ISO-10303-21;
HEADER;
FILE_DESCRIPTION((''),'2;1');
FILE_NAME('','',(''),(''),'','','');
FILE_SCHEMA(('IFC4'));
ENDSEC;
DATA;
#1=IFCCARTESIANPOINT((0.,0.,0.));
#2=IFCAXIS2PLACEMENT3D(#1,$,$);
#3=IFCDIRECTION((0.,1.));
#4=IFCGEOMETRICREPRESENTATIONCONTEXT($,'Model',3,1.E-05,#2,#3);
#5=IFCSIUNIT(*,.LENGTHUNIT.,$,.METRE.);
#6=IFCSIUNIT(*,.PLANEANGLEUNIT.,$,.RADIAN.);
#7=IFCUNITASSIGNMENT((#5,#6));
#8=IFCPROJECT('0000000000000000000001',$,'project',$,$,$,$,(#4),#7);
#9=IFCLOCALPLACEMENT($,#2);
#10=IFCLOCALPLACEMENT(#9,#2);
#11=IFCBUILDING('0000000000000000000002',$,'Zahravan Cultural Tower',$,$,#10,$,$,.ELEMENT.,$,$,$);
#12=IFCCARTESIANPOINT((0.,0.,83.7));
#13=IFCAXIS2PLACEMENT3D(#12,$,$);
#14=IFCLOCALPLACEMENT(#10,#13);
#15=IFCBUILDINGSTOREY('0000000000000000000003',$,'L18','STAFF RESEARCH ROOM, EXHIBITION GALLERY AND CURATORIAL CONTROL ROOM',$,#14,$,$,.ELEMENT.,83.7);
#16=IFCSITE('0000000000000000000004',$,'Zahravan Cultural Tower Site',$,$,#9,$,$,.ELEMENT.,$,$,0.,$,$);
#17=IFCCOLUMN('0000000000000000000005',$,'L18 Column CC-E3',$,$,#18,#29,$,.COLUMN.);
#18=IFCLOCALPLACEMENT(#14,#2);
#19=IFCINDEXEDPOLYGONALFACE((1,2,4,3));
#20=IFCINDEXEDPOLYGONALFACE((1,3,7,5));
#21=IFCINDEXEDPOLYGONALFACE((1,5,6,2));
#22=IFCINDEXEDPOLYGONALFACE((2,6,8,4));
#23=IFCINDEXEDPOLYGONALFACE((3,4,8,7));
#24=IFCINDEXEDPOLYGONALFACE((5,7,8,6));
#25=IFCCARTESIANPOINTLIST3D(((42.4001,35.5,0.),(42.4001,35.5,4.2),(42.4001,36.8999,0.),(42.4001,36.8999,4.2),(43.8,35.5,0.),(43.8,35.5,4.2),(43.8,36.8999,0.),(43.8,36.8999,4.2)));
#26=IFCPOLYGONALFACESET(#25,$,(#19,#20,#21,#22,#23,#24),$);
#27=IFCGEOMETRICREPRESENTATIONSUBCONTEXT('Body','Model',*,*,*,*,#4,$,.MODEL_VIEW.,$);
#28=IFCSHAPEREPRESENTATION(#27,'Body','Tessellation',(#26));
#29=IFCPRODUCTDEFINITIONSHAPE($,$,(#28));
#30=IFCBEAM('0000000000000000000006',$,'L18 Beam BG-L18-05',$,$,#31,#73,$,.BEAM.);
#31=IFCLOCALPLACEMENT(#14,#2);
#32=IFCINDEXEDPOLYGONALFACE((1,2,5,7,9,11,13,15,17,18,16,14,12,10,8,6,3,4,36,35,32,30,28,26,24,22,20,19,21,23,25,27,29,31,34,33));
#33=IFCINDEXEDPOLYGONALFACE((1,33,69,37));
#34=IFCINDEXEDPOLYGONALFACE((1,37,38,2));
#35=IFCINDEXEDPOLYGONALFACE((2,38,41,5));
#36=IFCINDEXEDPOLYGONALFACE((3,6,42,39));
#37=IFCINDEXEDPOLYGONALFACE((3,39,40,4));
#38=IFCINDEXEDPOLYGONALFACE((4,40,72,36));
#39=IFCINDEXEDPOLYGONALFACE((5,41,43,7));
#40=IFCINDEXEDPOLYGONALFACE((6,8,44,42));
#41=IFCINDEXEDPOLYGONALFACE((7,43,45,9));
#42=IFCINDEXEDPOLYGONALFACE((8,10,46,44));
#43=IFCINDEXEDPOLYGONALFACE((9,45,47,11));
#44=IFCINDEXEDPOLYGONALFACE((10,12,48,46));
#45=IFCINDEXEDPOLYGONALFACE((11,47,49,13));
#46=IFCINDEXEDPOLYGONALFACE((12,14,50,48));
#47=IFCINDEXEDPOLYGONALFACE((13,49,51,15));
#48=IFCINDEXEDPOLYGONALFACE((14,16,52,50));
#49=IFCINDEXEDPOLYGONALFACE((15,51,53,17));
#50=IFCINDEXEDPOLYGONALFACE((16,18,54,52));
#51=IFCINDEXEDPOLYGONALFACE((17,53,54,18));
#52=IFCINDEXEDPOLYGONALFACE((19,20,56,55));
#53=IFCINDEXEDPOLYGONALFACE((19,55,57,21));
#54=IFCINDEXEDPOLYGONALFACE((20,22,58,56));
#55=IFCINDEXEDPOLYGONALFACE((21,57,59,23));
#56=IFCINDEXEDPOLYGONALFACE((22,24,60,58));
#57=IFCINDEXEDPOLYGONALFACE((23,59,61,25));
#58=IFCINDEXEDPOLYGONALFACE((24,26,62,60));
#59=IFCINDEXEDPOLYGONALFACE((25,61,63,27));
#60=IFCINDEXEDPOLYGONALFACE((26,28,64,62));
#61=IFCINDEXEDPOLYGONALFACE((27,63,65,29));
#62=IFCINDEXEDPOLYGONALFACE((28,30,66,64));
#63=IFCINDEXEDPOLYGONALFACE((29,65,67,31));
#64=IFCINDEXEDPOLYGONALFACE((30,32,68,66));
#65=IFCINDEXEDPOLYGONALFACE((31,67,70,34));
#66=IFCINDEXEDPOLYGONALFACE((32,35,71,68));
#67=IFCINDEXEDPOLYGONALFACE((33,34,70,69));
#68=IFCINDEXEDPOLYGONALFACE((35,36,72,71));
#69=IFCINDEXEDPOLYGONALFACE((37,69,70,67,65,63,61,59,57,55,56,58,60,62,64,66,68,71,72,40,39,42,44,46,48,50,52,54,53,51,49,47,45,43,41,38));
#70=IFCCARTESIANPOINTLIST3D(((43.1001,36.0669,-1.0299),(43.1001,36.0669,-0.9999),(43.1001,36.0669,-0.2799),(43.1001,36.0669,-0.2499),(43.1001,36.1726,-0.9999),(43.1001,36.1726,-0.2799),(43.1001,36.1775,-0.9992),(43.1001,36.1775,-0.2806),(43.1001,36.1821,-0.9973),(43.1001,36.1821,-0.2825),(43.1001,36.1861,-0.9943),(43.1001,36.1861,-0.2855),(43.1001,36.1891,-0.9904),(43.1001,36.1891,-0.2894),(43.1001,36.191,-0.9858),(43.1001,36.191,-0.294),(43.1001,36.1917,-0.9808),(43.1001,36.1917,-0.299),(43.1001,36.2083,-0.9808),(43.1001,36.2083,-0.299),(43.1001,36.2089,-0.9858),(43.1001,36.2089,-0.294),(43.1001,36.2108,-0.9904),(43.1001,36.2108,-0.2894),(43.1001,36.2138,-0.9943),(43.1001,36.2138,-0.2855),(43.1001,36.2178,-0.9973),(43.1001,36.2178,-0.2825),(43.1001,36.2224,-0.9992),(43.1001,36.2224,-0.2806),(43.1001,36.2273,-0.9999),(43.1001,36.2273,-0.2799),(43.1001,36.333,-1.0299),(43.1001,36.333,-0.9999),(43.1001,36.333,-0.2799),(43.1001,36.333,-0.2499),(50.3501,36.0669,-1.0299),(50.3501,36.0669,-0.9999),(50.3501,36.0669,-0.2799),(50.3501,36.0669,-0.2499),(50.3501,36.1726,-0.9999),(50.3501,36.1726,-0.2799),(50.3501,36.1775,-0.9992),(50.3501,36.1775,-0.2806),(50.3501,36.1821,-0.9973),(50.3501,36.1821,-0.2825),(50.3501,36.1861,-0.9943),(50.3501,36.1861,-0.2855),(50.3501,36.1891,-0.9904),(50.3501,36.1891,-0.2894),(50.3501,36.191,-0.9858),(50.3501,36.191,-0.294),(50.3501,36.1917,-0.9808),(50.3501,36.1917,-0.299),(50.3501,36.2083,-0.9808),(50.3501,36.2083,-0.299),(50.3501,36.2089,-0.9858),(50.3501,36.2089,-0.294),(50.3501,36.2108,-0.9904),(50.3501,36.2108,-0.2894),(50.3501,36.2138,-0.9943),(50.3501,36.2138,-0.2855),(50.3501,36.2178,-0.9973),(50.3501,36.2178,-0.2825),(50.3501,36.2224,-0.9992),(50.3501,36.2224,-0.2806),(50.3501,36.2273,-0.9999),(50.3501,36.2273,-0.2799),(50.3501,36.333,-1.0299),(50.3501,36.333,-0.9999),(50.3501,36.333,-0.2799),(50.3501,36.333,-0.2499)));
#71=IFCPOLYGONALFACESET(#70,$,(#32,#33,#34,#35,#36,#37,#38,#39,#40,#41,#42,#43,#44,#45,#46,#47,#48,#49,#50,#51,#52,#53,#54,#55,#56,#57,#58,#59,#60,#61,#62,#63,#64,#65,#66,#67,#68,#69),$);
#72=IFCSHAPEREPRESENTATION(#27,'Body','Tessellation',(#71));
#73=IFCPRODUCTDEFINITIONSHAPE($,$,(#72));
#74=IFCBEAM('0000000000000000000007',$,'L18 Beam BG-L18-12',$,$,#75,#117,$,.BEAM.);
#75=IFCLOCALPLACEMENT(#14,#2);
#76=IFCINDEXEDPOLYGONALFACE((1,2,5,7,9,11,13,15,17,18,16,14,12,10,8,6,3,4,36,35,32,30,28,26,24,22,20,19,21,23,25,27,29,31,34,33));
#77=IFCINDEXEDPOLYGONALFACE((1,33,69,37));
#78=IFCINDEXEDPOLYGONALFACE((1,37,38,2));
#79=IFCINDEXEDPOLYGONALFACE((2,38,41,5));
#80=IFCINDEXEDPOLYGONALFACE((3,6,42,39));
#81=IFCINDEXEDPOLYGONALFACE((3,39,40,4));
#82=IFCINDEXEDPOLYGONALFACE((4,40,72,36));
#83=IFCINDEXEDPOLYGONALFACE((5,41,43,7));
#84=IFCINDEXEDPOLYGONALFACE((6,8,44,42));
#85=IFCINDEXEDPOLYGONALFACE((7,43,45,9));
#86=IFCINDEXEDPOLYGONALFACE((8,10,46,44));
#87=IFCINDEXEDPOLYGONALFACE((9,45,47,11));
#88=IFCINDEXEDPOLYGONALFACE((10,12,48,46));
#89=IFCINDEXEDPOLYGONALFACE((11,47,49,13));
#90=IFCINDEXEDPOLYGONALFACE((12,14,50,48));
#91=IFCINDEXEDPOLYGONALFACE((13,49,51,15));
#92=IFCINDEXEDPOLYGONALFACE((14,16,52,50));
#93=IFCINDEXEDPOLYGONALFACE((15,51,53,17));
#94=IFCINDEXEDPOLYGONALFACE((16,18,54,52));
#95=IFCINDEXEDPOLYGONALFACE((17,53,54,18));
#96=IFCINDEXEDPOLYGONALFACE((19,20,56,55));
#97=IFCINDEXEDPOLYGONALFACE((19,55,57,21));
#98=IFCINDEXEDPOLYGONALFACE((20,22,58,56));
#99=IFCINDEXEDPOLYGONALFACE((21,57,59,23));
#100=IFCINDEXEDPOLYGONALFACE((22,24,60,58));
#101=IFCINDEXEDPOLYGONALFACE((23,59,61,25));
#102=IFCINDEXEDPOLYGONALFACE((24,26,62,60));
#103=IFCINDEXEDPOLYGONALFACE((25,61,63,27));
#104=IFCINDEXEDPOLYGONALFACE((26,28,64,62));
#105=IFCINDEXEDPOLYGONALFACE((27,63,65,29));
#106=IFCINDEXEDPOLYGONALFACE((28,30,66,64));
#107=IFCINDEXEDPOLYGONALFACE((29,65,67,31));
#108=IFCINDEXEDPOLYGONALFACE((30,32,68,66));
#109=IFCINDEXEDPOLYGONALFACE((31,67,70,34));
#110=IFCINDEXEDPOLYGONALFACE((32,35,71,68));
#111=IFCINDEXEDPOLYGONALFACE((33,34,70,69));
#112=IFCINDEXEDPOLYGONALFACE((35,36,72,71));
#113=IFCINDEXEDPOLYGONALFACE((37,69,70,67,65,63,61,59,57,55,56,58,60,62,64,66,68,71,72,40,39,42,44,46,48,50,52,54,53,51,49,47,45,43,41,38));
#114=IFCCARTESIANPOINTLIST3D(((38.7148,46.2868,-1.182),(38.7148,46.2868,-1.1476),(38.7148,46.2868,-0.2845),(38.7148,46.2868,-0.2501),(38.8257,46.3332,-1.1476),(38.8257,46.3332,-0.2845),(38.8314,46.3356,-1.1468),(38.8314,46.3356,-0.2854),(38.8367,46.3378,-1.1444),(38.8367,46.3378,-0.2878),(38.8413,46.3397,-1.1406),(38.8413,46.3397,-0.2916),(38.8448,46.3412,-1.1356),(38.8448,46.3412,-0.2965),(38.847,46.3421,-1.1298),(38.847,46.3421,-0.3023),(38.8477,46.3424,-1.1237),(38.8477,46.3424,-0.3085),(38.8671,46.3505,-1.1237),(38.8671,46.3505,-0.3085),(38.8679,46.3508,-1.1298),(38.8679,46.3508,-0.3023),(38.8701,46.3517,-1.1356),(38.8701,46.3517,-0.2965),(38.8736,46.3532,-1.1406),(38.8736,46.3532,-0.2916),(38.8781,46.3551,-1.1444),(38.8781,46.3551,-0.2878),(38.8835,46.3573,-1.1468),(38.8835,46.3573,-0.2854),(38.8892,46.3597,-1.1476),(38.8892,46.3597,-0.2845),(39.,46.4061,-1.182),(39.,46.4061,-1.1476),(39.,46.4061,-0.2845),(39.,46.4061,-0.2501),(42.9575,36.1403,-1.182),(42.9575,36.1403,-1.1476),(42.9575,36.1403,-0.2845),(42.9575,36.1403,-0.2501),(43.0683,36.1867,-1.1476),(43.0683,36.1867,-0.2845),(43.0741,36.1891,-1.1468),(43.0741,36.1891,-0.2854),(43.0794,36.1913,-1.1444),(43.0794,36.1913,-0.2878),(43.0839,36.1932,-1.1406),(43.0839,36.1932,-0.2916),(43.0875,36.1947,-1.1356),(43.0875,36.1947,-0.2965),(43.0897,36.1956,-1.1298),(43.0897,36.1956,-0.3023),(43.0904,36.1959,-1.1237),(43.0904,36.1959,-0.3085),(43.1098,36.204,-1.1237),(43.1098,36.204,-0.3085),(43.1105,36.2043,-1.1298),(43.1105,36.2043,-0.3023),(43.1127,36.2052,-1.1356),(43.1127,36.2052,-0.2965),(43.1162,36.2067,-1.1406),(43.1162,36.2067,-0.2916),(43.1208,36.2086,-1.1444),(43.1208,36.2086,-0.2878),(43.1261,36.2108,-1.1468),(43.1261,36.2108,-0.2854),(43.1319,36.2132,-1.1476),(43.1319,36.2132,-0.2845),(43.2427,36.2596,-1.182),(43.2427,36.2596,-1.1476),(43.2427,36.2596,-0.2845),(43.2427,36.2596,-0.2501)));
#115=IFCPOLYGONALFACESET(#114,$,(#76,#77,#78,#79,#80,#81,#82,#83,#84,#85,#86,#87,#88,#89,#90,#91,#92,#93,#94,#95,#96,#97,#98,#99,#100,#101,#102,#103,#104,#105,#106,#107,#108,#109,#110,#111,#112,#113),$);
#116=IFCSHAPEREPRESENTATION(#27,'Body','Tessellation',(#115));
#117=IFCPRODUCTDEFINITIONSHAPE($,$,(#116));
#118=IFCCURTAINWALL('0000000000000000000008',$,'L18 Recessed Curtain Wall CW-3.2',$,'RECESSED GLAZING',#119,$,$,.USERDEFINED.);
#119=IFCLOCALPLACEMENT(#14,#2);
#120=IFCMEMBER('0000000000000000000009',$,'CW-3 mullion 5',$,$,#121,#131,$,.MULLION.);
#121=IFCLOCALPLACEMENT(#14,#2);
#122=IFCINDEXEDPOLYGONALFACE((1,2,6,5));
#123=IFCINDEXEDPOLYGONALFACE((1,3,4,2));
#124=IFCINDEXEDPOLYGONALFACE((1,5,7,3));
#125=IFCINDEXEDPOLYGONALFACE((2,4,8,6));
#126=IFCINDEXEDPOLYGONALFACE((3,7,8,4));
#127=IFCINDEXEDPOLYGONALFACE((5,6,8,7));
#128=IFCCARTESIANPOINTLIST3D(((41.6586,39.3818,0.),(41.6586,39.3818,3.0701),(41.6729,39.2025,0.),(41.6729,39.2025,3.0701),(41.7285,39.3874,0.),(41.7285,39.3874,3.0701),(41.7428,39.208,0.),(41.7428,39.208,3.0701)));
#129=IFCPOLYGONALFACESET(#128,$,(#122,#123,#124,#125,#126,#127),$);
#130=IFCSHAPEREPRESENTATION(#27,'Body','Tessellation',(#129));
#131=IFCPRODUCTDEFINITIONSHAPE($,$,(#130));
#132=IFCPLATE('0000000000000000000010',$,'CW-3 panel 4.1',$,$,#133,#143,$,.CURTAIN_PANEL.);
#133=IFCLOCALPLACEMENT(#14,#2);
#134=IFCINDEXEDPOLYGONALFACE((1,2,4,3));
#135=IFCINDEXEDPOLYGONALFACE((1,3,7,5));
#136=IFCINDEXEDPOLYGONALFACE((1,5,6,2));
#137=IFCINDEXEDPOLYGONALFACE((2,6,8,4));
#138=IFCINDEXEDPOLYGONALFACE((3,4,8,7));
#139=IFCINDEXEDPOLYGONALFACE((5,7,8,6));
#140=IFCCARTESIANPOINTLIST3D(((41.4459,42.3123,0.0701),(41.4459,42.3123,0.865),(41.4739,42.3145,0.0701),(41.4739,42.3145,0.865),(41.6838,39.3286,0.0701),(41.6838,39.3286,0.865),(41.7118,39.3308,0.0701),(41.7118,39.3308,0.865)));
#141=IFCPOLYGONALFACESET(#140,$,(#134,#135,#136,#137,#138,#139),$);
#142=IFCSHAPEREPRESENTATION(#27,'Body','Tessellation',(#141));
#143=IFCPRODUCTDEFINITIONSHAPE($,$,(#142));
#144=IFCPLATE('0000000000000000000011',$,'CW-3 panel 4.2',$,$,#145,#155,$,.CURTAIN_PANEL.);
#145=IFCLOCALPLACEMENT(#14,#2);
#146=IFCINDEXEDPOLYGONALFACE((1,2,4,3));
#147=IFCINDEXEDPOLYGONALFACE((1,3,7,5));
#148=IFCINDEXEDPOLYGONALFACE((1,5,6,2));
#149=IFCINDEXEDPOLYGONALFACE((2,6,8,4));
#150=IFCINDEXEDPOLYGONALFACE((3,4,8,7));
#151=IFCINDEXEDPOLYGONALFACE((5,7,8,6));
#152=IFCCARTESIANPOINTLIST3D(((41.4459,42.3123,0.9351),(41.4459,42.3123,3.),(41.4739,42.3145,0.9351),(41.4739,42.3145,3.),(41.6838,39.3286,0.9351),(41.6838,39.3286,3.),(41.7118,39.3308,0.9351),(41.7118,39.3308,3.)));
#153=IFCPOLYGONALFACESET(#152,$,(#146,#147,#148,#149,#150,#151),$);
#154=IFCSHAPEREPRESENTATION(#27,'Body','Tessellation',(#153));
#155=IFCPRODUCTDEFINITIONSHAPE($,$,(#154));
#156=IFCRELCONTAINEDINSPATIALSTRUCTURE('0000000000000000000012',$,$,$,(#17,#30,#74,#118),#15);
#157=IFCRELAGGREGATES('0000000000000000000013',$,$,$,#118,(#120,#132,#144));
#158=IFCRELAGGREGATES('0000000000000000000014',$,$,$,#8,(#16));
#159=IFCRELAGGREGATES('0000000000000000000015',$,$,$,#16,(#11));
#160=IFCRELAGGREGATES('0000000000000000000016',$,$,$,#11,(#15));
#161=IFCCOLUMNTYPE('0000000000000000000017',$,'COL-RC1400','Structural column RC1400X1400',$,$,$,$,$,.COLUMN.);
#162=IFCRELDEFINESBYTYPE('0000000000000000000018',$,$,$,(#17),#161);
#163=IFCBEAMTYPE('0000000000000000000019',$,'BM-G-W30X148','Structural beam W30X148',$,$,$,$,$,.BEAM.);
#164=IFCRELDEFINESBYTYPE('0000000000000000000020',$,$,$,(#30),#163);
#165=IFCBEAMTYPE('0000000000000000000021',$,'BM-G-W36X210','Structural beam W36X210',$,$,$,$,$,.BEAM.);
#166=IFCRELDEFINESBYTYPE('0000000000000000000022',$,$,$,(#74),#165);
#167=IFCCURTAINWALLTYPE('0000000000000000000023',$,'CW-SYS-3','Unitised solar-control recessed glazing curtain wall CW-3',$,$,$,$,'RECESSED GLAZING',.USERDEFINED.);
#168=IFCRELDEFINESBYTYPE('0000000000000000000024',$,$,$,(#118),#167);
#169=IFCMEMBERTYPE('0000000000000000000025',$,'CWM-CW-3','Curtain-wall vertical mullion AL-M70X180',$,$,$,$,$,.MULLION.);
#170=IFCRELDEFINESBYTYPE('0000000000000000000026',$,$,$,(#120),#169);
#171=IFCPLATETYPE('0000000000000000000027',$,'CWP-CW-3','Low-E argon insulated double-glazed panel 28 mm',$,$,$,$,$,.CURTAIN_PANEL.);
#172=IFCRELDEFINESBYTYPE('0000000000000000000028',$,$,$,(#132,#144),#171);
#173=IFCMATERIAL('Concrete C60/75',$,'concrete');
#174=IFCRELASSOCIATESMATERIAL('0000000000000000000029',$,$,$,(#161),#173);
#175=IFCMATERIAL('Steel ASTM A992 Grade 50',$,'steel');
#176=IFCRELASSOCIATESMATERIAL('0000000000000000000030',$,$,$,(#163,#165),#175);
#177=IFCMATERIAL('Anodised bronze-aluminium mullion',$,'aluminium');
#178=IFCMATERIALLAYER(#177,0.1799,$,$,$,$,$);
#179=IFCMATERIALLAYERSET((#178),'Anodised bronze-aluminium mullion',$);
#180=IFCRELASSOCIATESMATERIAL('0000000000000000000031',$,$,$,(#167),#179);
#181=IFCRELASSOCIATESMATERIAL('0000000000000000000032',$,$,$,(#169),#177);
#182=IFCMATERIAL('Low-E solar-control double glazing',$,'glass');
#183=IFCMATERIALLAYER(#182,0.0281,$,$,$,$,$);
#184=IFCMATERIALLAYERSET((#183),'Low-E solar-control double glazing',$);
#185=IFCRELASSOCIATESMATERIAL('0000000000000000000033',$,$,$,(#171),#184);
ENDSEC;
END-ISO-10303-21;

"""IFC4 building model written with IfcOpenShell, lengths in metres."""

from ifc_helpers import new_model, si_unit, direction, frame, origin, origin_2d, place, context, subcontext, project, spatial, rectangle, i_section, extrude, source, transform, mapped, material, layer, layer_set, material_profile, profile_set, type_object, element, aggregate, save


model = new_model("IFC4")

# Units and contexts
model_context = context("Model", 3, precision=1e-05, world=origin(), true_north=direction((0.0, 1.0)))
body_context = subcontext(model_context, "Body", "Model", "MODEL_VIEW")
ifc_project = project(units=[si_unit("LENGTHUNIT", "METRE"), si_unit("PLANEANGLEUNIT", "RADIAN")], contexts=[model_context])

# Site, building, storey
site_placement = place(None, origin())
site = spatial("IfcSite", under=ifc_project, at=site_placement, Name="Zahravan Cultural Tower Site", CompositionType="ELEMENT", RefElevation=0.0)
building_placement = place(site_placement, origin())
building = spatial("IfcBuilding", under=site, at=building_placement, Name="Zahravan Cultural Tower", CompositionType="ELEMENT")
storey_placement = place(building_placement, frame((0.0, 0.0, 83.7)))
storey = spatial("IfcBuildingStorey", under=building, at=storey_placement, Name="L18", Description="STAFF RESEARCH ROOM, EXHIBITION GALLERY AND CURATORIAL CONTROL ROOM", CompositionType="ELEMENT", Elevation=83.7)

# Column
ifc_material_1 = material(Name="Concrete C60/75", Category="concrete")
ifc_material_profile_1 = material_profile(ifc_material_1, rectangle(XDim=1.3999, YDim=1.3999, at=origin_2d()), Name="RC1400X1400")
ifc_profile_set_1 = profile_set([ifc_material_profile_1], Name="Concrete C60/75")
column_type = type_object("IfcColumnType", Name="COL-RC1400", Description="Structural column RC1400X1400", PredefinedType="COLUMN", material=ifc_profile_set_1)
shared_shape_1 = source(origin(), body_context, "Body", "SweptSolid", [
    extrude(rectangle(XDim=1.3999, YDim=1.3999, at=origin_2d()), origin(), (0.0, 0.0, 1.0), 4.2),
])
column_placement = place(storey_placement, frame((43.1001, 36.2, 0.0), z_axis=(0.0, 0.0, 1.0), x_axis=(1.0, 0.0, 0.0)))
element("IfcColumn", 1, at=column_placement, inside=storey, type_object=column_type, Name="L18 Column CC-E3", PredefinedType="COLUMN", context=body_context, shape_type="MappedRepresentation", body=[
    mapped(shared_shape_1, transform((0.0, 0.0, 0.0), x_axis=(1.0, 0.0, 0.0), y_axis=(0.0, 1.0, 0.0), z_axis=(0.0, 0.0, 1.0), scale=1.0)),
])

# Beams
ifc_material_2 = material(Name="Steel ASTM A992 Grade 50", Category="steel")
ifc_material_profile_2 = material_profile(ifc_material_2, i_section(OverallWidth=0.2661, OverallDepth=0.78, WebThickness=0.0166, FlangeThickness=0.03, FilletRadius=0.019, at=origin_2d()), Name="W30X148")
ifc_profile_set_2 = profile_set([ifc_material_profile_2], Name="Steel ASTM A992 Grade 50")
beam_type_1 = type_object("IfcBeamType", Name="BM-G-W30X148", Description="Structural beam W30X148", PredefinedType="BEAM", material=ifc_profile_set_2)
shared_shape_2 = source(origin(), body_context, "Body", "SweptSolid", [
    extrude(i_section(OverallWidth=0.2661, OverallDepth=0.78, WebThickness=0.0166, FlangeThickness=0.03, FilletRadius=0.019, at=origin_2d()), origin(), (0.0, 0.0, 1.0), 7.25),
])
beam_1_placement = place(storey_placement, frame((43.1001, 36.2, -0.6399), z_axis=(1.0, 0.0, 0.0), x_axis=(0.0, 1.0, 0.0)))
element("IfcBeam", 2, at=beam_1_placement, inside=storey, type_object=beam_type_1, Name="L18 Beam BG-L18-05", PredefinedType="BEAM", context=body_context, shape_type="MappedRepresentation", body=[
    mapped(shared_shape_2, transform((0.0, 0.0, 0.0), x_axis=(1.0, 0.0, 0.0), y_axis=(0.0, 1.0, 0.0), z_axis=(0.0, 0.0, 1.0), scale=1.0)),
])
ifc_material_profile_3 = material_profile(ifc_material_2, i_section(OverallWidth=0.3091, OverallDepth=0.9319, WebThickness=0.021, FlangeThickness=0.0344, FilletRadius=0.0239, at=origin_2d()), Name="W36X210")
ifc_profile_set_3 = profile_set([ifc_material_profile_3], Name="Steel ASTM A992 Grade 50")
beam_type_2 = type_object("IfcBeamType", Name="BM-G-W36X210", Description="Structural beam W36X210", PredefinedType="BEAM", material=ifc_profile_set_3)
shared_shape_3 = source(origin(), body_context, "Body", "SweptSolid", [
    extrude(i_section(OverallWidth=0.3091, OverallDepth=0.9319, WebThickness=0.021, FlangeThickness=0.0344, FilletRadius=0.0239, at=origin_2d()), origin(), (0.0, 0.0, 1.0), 10.9978),
])
beam_2_placement = place(storey_placement, frame((43.1001, 36.2, -0.7161), z_axis=(-0.385775, 0.922593, 0.0), x_axis=(-0.922593, -0.385775, 0.0)))
element("IfcBeam", 3, at=beam_2_placement, inside=storey, type_object=beam_type_2, Name="L18 Beam BG-L18-12", PredefinedType="BEAM", context=body_context, shape_type="MappedRepresentation", body=[
    mapped(shared_shape_3, transform((0.0, 0.0, 0.0), x_axis=(1.0, 0.0, 0.0), y_axis=(0.0, 1.0, 0.0), z_axis=(0.0, 0.0, 1.0), scale=1.0)),
])

# Curtain wall, member, plates
ifc_material_3 = material(Name="Anodised bronze-aluminium mullion", Category="aluminium")
ifc_layer_1 = layer(ifc_material_3, 0.1799)
ifc_layer_set_1 = layer_set([ifc_layer_1], Name="Anodised bronze-aluminium mullion")
curtain_wall_type = type_object("IfcCurtainWallType", Name="CW-SYS-3", Description="Unitised solar-control recessed glazing curtain wall CW-3", ElementType="RECESSED GLAZING", PredefinedType="USERDEFINED", material=ifc_layer_set_1)
curtain_wall_placement = place(storey_placement, origin())
curtain_wall = element("IfcCurtainWall", 4, at=curtain_wall_placement, inside=storey, type_object=curtain_wall_type, Name="L18 Recessed Curtain Wall CW-3.2", ObjectType="RECESSED GLAZING", PredefinedType="USERDEFINED")
ifc_material_profile_4 = material_profile(ifc_material_3, rectangle(XDim=0.0701, YDim=0.1799, at=origin_2d()), Name="AL-M70X180")
ifc_profile_set_4 = profile_set([ifc_material_profile_4], Name="Anodised bronze-aluminium mullion")
member_type = type_object("IfcMemberType", Name="CWM-CW-3", Description="Curtain-wall vertical mullion AL-M70X180", PredefinedType="MULLION", material=ifc_profile_set_4)
shared_shape_4 = source(origin(), body_context, "Body", "SweptSolid", [
    extrude(rectangle(XDim=0.0701, YDim=0.1799, at=origin_2d()), origin(), (0.0, 0.0, 1.0), 3.0701),
])
member_placement = place(storey_placement, frame((41.7007, 39.2949, 0.0), z_axis=(0.0, 0.0, 1.0), x_axis=(0.996835, 0.079501, 0.0)))
member = element("IfcMember", 5, at=member_placement, type_object=member_type, Name="CW-3 mullion 5", PredefinedType="MULLION", context=body_context, shape_type="MappedRepresentation", body=[
    mapped(shared_shape_4, transform((0.0, 0.0, 0.0), x_axis=(1.0, 0.0, 0.0), y_axis=(0.0, 1.0, 0.0), z_axis=(0.0, 0.0, 1.0), scale=1.0)),
])
ifc_material_4 = material(Name="Low-E solar-control double glazing", Category="glass")
ifc_layer_2 = layer(ifc_material_4, 0.0281)
ifc_layer_set_2 = layer_set([ifc_layer_2], Name="Low-E solar-control double glazing")
plate_type = type_object("IfcPlateType", Name="CWP-CW-3", Description="Low-E argon insulated double-glazed panel 28 mm", PredefinedType="CURTAIN_PANEL", material=ifc_layer_set_2)
shared_shape_5 = source(origin(), body_context, "Body", "SweptSolid", [
    extrude(rectangle(XDim=2.9932, YDim=0.0281, at=origin_2d()), origin(), (0.0, 0.0, 1.0), 0.7949),
])
plate_1_placement = place(storey_placement, frame((41.5789, 40.8215, 0.0701), z_axis=(0.0, 0.0, 1.0), x_axis=(0.079501, -0.996835, 0.0)))
plate_1 = element("IfcPlate", 6, at=plate_1_placement, type_object=plate_type, Name="CW-3 panel 4.1", PredefinedType="CURTAIN_PANEL", context=body_context, shape_type="MappedRepresentation", body=[
    mapped(shared_shape_5, transform((0.0, 0.0, 0.0), x_axis=(1.0, 0.0, 0.0), y_axis=(0.0, 1.0, 0.0), z_axis=(0.0, 0.0, 1.0), scale=1.0)),
])
shared_shape_6 = source(origin(), body_context, "Body", "SweptSolid", [
    extrude(rectangle(XDim=2.9932, YDim=0.0281, at=origin_2d()), origin(), (0.0, 0.0, 1.0), 2.0649),
])
plate_2_placement = place(storey_placement, frame((41.5789, 40.8215, 0.9351), z_axis=(0.0, 0.0, 1.0), x_axis=(0.079501, -0.996835, 0.0)))
plate_2 = element("IfcPlate", 7, at=plate_2_placement, type_object=plate_type, Name="CW-3 panel 4.2", PredefinedType="CURTAIN_PANEL", context=body_context, shape_type="MappedRepresentation", body=[
    mapped(shared_shape_6, transform((0.0, 0.0, 0.0), x_axis=(1.0, 0.0, 0.0), y_axis=(0.0, 1.0, 0.0), z_axis=(0.0, 0.0, 1.0), scale=1.0)),
])
aggregate(curtain_wall, [member, plate_1, plate_2])

save(model, "model.ifc")
